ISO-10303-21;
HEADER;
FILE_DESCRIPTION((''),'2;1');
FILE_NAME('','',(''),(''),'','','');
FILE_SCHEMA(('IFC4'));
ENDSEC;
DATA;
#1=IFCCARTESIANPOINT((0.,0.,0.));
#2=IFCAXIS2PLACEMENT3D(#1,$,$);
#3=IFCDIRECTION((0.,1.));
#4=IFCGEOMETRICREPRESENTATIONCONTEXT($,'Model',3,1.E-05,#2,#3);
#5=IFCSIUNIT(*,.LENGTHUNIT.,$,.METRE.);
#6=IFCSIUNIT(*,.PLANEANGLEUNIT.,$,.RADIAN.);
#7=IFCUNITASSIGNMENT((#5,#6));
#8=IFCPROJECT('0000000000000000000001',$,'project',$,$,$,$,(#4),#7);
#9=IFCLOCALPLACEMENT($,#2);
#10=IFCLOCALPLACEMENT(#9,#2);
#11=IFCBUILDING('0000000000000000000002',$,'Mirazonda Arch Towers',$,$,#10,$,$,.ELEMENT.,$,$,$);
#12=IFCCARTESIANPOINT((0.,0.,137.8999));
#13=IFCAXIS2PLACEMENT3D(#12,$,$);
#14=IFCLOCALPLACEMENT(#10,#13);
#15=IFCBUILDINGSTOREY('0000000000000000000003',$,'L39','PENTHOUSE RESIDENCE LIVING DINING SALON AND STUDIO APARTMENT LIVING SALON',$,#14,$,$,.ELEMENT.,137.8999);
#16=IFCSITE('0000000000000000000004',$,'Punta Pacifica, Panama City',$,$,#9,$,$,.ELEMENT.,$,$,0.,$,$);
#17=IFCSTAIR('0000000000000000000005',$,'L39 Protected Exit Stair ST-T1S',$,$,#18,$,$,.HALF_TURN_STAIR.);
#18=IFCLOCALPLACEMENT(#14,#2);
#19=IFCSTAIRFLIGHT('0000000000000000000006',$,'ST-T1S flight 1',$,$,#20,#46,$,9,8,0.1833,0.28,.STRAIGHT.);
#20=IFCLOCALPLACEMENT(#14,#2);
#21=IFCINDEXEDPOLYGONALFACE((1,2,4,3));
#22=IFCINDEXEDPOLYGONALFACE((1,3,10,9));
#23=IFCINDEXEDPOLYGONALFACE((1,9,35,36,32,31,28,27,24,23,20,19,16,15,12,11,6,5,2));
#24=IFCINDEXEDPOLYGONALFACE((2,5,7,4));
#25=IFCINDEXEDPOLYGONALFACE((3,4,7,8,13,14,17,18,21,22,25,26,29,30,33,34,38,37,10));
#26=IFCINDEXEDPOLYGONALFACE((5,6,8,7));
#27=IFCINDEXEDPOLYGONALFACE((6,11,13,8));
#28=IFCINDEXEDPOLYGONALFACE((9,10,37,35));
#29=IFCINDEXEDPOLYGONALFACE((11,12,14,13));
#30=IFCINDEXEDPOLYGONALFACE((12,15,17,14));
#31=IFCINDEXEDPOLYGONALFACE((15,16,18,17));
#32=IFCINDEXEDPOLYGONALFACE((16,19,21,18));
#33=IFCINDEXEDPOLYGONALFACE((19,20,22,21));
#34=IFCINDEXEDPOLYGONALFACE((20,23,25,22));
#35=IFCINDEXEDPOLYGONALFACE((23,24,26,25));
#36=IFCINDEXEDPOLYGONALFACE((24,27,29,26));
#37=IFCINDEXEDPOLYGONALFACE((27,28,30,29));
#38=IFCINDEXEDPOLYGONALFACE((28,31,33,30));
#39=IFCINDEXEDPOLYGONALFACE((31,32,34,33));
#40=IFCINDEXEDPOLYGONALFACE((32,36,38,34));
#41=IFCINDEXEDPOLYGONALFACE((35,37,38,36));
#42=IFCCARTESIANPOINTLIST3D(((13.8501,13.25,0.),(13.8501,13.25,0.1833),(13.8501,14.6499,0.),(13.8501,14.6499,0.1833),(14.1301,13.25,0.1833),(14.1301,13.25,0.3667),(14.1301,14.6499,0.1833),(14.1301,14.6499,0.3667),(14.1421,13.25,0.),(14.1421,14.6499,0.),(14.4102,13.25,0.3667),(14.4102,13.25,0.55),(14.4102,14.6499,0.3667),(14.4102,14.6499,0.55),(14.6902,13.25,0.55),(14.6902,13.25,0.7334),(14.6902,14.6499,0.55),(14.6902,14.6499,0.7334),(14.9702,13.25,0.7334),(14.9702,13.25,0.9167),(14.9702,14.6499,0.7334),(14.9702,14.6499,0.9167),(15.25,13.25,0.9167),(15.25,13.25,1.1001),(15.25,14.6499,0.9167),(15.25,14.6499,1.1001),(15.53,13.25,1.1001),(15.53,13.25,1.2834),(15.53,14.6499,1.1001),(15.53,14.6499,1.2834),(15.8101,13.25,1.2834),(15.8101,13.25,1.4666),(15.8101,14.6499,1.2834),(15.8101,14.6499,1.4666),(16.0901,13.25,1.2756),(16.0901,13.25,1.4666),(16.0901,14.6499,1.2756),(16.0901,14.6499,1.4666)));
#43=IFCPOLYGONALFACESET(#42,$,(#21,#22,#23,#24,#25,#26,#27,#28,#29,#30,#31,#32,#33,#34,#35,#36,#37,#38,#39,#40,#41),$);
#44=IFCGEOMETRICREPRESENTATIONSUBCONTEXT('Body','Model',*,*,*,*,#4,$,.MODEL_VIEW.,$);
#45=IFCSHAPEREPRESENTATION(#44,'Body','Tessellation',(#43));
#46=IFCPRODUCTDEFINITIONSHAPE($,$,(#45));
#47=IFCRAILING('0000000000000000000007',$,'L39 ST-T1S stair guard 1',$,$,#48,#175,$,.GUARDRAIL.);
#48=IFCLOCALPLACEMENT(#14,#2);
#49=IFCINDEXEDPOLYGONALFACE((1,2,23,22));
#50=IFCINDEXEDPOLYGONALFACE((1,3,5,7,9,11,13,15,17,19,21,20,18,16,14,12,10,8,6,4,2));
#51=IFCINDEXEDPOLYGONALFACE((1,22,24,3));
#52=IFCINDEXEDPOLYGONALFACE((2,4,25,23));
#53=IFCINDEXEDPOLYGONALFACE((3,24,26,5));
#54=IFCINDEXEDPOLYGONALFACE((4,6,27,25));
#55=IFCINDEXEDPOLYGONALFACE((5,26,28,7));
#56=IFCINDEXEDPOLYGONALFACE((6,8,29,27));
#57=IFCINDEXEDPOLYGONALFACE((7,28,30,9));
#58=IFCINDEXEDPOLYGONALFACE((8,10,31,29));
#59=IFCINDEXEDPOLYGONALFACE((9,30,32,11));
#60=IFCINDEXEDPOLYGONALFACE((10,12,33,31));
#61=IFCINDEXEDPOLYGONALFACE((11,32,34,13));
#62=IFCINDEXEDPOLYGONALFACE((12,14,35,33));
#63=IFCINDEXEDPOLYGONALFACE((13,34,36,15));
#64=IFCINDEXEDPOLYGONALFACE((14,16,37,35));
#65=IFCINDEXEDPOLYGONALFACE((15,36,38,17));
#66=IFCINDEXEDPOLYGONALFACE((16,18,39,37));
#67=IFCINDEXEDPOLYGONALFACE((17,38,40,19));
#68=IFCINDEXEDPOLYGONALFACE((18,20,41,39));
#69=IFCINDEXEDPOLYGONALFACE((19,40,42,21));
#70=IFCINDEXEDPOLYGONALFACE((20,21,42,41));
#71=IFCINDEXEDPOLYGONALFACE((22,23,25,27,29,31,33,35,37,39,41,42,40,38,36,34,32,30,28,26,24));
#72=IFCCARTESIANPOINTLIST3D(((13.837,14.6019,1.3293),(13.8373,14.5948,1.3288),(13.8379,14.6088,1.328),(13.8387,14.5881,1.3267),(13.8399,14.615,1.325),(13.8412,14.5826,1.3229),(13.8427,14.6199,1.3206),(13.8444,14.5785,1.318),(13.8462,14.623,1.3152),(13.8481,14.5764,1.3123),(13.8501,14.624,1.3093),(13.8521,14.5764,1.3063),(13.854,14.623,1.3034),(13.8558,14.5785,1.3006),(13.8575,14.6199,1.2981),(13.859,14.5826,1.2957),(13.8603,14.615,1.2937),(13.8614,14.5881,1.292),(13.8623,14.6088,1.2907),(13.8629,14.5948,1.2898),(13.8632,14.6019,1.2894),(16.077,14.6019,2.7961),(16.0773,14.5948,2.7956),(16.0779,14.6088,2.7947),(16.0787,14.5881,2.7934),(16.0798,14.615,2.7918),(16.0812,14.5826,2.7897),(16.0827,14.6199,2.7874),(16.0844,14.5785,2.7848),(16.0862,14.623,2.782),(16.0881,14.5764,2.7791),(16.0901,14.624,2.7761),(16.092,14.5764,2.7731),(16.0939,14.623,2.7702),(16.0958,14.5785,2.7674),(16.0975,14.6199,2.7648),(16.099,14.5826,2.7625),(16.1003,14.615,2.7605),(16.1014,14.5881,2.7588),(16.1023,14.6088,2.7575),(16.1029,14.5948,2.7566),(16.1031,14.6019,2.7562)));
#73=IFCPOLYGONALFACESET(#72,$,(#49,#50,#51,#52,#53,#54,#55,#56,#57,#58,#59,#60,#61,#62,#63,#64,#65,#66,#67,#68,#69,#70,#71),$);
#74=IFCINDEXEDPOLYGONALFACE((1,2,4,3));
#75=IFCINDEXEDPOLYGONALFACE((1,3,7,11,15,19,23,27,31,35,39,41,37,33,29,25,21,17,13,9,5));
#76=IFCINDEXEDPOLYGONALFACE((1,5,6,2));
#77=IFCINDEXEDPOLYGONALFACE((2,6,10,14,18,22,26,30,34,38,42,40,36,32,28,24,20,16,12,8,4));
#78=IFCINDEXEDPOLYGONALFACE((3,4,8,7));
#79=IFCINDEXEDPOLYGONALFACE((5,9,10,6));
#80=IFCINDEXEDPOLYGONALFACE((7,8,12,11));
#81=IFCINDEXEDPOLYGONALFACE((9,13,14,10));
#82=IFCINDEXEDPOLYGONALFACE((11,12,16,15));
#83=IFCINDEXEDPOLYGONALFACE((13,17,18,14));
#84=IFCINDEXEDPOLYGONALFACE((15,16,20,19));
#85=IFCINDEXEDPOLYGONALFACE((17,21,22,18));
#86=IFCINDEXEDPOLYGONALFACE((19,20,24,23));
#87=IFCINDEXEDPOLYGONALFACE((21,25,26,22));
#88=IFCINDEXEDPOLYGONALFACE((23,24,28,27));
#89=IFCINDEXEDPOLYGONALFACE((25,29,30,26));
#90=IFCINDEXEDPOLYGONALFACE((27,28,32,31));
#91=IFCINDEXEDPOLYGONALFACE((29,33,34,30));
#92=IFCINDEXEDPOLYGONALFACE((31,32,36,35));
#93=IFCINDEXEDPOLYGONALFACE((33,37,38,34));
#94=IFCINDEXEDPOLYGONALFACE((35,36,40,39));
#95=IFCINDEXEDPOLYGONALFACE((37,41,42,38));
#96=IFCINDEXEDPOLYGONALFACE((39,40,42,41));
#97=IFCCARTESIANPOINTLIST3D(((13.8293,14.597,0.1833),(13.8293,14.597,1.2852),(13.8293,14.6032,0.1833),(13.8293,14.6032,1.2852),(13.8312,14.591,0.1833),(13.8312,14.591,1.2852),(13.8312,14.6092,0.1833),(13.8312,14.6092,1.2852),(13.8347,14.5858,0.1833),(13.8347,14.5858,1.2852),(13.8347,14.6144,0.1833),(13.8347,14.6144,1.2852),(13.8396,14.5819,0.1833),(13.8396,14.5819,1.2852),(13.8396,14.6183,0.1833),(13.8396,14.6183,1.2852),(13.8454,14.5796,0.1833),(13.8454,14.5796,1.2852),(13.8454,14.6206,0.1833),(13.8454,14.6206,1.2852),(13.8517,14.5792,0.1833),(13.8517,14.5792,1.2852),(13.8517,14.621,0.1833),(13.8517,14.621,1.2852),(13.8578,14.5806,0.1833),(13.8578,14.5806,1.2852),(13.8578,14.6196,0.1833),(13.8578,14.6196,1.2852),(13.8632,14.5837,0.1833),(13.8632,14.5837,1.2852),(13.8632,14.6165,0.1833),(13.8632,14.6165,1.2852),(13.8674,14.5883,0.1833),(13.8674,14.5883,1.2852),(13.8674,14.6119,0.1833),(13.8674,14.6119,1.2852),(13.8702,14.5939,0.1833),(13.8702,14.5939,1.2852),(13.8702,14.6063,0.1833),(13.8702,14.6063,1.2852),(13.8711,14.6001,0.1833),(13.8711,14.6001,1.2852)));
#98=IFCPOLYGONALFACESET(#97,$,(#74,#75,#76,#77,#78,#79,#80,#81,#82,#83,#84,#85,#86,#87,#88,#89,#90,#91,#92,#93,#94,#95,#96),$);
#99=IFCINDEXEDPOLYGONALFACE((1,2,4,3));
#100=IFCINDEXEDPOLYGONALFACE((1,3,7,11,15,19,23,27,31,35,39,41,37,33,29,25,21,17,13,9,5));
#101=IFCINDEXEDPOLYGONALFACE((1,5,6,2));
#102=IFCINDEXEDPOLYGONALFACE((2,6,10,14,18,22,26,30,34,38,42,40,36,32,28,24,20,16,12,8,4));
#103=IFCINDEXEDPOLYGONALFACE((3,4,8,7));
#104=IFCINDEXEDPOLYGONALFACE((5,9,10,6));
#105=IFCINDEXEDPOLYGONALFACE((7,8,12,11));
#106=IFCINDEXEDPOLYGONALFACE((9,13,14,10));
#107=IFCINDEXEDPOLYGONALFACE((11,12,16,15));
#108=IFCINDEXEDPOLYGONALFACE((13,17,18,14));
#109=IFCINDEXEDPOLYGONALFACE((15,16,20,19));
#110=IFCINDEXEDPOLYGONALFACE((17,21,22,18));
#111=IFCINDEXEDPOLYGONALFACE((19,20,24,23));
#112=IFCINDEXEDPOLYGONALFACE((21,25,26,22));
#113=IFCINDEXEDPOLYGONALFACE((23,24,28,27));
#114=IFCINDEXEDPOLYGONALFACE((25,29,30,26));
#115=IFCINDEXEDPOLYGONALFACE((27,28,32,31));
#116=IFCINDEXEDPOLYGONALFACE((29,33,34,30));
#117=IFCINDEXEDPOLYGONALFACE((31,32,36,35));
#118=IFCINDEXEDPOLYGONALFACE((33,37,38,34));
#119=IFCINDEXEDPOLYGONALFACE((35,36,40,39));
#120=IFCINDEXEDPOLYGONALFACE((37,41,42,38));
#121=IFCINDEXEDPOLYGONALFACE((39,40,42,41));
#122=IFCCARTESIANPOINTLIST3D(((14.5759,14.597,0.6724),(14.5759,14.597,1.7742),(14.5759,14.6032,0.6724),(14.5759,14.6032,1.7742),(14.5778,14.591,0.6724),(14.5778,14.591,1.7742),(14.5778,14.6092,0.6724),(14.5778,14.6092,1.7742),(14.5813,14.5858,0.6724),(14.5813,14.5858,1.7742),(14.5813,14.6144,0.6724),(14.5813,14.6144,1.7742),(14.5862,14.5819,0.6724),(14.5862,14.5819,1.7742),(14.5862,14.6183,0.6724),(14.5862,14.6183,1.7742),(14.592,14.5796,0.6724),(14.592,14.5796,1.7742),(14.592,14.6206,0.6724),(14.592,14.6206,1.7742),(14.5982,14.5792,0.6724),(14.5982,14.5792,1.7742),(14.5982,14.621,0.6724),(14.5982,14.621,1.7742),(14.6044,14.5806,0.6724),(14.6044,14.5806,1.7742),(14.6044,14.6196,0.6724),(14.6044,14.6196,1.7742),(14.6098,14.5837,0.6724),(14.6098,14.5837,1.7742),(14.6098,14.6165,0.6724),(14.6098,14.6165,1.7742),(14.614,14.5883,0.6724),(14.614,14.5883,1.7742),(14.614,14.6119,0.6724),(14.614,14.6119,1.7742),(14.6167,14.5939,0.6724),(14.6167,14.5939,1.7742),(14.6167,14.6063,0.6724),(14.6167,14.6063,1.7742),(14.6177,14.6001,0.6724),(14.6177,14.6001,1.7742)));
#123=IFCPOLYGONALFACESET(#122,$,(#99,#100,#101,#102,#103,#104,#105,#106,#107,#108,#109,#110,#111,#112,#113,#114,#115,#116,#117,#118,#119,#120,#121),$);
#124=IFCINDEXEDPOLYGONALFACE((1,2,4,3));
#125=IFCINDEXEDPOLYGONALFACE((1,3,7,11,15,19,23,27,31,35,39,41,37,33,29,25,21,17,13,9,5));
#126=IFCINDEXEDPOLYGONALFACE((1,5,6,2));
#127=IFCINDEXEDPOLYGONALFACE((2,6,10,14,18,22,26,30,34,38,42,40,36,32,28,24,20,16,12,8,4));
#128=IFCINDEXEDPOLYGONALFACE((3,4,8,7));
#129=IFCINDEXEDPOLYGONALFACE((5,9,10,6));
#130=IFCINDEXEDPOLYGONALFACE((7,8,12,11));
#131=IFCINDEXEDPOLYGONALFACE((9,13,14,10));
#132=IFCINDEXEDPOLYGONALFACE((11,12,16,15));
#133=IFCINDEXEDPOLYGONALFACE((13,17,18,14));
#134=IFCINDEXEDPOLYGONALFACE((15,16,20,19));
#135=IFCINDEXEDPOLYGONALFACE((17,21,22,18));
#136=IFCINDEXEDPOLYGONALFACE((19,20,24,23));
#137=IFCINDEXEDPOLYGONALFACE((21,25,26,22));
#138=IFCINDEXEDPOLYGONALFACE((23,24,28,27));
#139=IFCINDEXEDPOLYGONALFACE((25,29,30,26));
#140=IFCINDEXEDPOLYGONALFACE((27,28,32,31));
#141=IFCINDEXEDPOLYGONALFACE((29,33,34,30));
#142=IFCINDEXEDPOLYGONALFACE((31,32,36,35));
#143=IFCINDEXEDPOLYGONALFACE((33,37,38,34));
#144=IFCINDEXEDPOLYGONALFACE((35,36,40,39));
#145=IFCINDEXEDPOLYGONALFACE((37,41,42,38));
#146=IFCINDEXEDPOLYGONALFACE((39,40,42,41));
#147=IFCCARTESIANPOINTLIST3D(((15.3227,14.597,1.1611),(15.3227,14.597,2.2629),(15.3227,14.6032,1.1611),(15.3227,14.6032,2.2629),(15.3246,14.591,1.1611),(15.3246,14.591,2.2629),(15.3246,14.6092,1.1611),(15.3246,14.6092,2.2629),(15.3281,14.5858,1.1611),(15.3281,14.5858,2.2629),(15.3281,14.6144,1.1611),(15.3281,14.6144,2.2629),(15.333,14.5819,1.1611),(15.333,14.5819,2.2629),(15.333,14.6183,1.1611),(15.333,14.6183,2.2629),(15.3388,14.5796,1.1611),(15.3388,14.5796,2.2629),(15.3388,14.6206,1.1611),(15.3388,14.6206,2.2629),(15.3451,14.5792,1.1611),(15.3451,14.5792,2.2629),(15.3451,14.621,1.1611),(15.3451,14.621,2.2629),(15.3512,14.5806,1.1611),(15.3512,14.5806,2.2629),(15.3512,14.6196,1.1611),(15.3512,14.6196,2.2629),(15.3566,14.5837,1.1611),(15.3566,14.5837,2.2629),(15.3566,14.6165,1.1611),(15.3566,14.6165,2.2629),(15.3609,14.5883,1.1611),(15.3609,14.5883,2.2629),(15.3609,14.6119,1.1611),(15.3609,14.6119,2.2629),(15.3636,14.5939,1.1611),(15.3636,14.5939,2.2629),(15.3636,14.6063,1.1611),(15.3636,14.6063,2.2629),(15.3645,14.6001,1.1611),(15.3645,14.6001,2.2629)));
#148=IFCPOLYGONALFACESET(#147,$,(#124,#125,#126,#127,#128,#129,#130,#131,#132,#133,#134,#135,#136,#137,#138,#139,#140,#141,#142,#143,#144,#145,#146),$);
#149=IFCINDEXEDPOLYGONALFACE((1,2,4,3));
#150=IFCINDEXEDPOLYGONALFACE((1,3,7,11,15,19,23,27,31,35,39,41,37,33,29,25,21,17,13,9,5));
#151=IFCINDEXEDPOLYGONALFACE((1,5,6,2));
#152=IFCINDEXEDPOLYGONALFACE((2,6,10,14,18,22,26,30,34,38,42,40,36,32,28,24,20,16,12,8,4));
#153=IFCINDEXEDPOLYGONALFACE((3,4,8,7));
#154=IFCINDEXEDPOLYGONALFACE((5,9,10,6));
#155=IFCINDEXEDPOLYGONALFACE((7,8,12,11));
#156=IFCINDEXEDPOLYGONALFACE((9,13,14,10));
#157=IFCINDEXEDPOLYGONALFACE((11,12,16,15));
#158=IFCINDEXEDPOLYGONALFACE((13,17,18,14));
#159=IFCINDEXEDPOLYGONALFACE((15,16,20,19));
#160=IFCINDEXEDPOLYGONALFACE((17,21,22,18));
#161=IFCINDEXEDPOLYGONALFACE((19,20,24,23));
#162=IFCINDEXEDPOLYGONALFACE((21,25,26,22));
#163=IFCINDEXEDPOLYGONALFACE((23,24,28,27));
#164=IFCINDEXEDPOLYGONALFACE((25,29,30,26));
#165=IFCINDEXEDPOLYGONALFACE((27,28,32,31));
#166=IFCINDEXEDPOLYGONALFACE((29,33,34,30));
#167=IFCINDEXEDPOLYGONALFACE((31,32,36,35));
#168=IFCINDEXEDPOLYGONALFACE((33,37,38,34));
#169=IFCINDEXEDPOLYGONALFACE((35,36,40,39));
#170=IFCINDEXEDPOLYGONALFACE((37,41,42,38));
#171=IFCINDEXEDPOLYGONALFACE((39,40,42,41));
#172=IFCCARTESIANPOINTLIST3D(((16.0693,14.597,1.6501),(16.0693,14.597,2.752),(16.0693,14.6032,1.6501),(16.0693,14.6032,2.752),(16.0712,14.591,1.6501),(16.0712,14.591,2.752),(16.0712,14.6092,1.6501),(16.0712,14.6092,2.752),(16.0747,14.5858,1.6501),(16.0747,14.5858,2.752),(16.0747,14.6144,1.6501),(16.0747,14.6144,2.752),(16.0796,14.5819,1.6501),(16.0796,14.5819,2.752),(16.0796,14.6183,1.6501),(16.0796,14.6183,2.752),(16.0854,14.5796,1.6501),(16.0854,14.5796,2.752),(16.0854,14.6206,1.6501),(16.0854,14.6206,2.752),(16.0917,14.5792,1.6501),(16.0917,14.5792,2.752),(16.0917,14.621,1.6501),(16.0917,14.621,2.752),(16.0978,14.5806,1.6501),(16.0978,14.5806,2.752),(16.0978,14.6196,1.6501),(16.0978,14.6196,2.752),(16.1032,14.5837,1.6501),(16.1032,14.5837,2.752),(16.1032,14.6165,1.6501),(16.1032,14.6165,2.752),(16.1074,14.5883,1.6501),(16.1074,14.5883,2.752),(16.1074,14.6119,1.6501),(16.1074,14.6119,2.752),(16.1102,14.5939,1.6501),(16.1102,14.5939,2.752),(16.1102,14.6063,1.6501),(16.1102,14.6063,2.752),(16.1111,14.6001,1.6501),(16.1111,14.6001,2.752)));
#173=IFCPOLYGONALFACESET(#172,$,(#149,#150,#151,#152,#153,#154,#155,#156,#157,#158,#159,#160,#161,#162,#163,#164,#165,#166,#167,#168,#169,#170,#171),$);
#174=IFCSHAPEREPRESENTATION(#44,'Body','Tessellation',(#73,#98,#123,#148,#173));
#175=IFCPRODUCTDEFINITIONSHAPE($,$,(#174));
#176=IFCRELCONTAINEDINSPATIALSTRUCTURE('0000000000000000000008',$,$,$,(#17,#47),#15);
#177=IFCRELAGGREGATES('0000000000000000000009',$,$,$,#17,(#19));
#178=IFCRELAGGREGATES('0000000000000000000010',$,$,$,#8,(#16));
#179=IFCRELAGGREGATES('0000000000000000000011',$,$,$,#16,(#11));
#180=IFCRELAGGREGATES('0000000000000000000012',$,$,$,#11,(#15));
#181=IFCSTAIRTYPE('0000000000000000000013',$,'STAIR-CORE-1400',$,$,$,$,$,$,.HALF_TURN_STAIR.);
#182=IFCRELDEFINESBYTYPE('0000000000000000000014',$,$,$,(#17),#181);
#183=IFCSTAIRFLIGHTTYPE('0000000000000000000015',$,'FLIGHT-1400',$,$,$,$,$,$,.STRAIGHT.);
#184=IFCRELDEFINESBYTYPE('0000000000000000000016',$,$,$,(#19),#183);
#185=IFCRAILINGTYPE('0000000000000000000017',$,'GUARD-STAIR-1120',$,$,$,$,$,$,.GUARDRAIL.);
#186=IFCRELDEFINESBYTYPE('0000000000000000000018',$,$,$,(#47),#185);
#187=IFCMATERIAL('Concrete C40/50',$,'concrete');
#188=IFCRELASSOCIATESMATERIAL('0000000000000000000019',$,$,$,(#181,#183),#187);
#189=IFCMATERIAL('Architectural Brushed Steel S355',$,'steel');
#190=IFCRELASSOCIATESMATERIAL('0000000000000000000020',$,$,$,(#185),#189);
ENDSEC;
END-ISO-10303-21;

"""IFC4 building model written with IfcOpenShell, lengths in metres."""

from ifc_helpers import new_model, si_unit, direction, frame, origin, origin_2d, place, context, subcontext, project, spatial, polyline, circle, outline, extrude, material, type_object, element, aggregate, save


model = new_model("IFC4")

# Units and contexts
model_context = context("Model", 3, precision=1e-05, world=origin(), true_north=direction((0.0, 1.0)))
body_context = subcontext(model_context, "Body", "Model", "MODEL_VIEW")
ifc_project = project(units=[si_unit("LENGTHUNIT", "METRE"), si_unit("PLANEANGLEUNIT", "RADIAN")], contexts=[model_context])

# Site, building, storey
site_placement = place(None, origin())
site = spatial("IfcSite", under=ifc_project, at=site_placement, Name="Punta Pacifica, Panama City", CompositionType="ELEMENT", RefElevation=0.0)
building_placement = place(site_placement, origin())
building = spatial("IfcBuilding", under=site, at=building_placement, Name="Mirazonda Arch Towers", CompositionType="ELEMENT")
storey_placement = place(building_placement, frame((0.0, 0.0, 137.8999)))
storey = spatial("IfcBuildingStorey", under=building, at=storey_placement, Name="L39", Description="PENTHOUSE RESIDENCE LIVING DINING SALON AND STUDIO APARTMENT LIVING SALON", CompositionType="ELEMENT", Elevation=137.8999)

# Stair
ifc_material_1 = material(Name="Concrete C40/50", Category="concrete")
stair_type = type_object("IfcStairType", Name="STAIR-CORE-1400", PredefinedType="HALF_TURN_STAIR", material=ifc_material_1)
stair_1_placement = place(storey_placement, origin())
stair_1 = element("IfcStair", 1, at=stair_1_placement, inside=storey, type_object=stair_type, Name="L39 Protected Exit Stair ST-T1S", PredefinedType="HALF_TURN_STAIR")

# Shared definitions
ifc_material_2 = material(Name="Architectural Brushed Steel S355", Category="steel")

# Stair flight
stair_flight_type = type_object("IfcStairFlightType", Name="FLIGHT-1400", PredefinedType="STRAIGHT", material=ifc_material_1)
stair_flight_placement = place(storey_placement, frame((13.8501, 13.95, 0.0), z_axis=(0.0, 0.0, 1.0), x_axis=(1.0, 0.0, 0.0)))
stair_flight = element("IfcStairFlight", 2, at=stair_flight_placement, type_object=stair_flight_type, Name="ST-T1S flight 1", NumberOfRisers=9, NumberOfTreads=8, PredefinedType="STRAIGHT", RiserHeight=0.1833, TreadLength=0.28, context=body_context, shape_type="SweptSolid", body=[
    extrude(outline(polyline([(0.0, 0.0), (0.0, 0.1833), (0.28, 0.1833), (0.28, 0.3667), (0.5601, 0.3667), (0.5601, 0.55), (0.8401, 0.55), (0.8401, 0.7334), (1.1201, 0.7334), (1.1201, 0.9167), (1.3999, 0.9167), (1.3999, 1.1001), (1.6799, 1.1001), (1.6799, 1.2834), (1.96, 1.2834), (1.96, 1.4666), (2.24, 1.4666), (2.24, 1.6499), (2.24, 1.2756), (0.292, 0.0), (0.0, 0.0)])), frame((0.0, 0.7, 0.0), z_axis=(0.0, -1.0, 0.0), x_axis=(1.0, 0.0, 0.0)), (0.0, 0.0, 1.0), 1.3999),
])
aggregate(stair_1, [stair_flight])

# Railing
railing_type_1 = type_object("IfcRailingType", Name="GUARD-STAIR-1120", PredefinedType="GUARDRAIL", material=ifc_material_2)
railing_1_placement = place(storey_placement, frame((13.8501, 14.6001, 0.1833)))
element("IfcRailing", 3, at=railing_1_placement, inside=storey, type_object=railing_type_1, Name="L39 ST-T1S stair guard 1", PredefinedType="GUARDRAIL", context=body_context, shape_type="SweptSolid", body=[
    extrude(circle(Radius=0.0239, at=origin_2d()), frame((0.0, 0.0, 1.126), z_axis=(0.836595, 0.0, 0.547822), x_axis=(0.0, 1.0, 0.0)), (0.0, 0.0, 1.0), 2.6775),
    extrude(circle(Radius=0.021, at=origin_2d()), origin(), (0.0, 0.0, 1.0), 1.1018),
    extrude(circle(Radius=0.021, at=origin_2d()), frame((0.7466, 0.0, 0.489)), (0.0, 0.0, 1.0), 1.1018),
    extrude(circle(Radius=0.021, at=origin_2d()), frame((1.4934, 0.0, 0.9778)), (0.0, 0.0, 1.0), 1.1018),
    extrude(circle(Radius=0.021, at=origin_2d()), frame((2.24, 0.0, 1.4668)), (0.0, 0.0, 1.0), 1.1018),
])

save(model, "model.ifc")
